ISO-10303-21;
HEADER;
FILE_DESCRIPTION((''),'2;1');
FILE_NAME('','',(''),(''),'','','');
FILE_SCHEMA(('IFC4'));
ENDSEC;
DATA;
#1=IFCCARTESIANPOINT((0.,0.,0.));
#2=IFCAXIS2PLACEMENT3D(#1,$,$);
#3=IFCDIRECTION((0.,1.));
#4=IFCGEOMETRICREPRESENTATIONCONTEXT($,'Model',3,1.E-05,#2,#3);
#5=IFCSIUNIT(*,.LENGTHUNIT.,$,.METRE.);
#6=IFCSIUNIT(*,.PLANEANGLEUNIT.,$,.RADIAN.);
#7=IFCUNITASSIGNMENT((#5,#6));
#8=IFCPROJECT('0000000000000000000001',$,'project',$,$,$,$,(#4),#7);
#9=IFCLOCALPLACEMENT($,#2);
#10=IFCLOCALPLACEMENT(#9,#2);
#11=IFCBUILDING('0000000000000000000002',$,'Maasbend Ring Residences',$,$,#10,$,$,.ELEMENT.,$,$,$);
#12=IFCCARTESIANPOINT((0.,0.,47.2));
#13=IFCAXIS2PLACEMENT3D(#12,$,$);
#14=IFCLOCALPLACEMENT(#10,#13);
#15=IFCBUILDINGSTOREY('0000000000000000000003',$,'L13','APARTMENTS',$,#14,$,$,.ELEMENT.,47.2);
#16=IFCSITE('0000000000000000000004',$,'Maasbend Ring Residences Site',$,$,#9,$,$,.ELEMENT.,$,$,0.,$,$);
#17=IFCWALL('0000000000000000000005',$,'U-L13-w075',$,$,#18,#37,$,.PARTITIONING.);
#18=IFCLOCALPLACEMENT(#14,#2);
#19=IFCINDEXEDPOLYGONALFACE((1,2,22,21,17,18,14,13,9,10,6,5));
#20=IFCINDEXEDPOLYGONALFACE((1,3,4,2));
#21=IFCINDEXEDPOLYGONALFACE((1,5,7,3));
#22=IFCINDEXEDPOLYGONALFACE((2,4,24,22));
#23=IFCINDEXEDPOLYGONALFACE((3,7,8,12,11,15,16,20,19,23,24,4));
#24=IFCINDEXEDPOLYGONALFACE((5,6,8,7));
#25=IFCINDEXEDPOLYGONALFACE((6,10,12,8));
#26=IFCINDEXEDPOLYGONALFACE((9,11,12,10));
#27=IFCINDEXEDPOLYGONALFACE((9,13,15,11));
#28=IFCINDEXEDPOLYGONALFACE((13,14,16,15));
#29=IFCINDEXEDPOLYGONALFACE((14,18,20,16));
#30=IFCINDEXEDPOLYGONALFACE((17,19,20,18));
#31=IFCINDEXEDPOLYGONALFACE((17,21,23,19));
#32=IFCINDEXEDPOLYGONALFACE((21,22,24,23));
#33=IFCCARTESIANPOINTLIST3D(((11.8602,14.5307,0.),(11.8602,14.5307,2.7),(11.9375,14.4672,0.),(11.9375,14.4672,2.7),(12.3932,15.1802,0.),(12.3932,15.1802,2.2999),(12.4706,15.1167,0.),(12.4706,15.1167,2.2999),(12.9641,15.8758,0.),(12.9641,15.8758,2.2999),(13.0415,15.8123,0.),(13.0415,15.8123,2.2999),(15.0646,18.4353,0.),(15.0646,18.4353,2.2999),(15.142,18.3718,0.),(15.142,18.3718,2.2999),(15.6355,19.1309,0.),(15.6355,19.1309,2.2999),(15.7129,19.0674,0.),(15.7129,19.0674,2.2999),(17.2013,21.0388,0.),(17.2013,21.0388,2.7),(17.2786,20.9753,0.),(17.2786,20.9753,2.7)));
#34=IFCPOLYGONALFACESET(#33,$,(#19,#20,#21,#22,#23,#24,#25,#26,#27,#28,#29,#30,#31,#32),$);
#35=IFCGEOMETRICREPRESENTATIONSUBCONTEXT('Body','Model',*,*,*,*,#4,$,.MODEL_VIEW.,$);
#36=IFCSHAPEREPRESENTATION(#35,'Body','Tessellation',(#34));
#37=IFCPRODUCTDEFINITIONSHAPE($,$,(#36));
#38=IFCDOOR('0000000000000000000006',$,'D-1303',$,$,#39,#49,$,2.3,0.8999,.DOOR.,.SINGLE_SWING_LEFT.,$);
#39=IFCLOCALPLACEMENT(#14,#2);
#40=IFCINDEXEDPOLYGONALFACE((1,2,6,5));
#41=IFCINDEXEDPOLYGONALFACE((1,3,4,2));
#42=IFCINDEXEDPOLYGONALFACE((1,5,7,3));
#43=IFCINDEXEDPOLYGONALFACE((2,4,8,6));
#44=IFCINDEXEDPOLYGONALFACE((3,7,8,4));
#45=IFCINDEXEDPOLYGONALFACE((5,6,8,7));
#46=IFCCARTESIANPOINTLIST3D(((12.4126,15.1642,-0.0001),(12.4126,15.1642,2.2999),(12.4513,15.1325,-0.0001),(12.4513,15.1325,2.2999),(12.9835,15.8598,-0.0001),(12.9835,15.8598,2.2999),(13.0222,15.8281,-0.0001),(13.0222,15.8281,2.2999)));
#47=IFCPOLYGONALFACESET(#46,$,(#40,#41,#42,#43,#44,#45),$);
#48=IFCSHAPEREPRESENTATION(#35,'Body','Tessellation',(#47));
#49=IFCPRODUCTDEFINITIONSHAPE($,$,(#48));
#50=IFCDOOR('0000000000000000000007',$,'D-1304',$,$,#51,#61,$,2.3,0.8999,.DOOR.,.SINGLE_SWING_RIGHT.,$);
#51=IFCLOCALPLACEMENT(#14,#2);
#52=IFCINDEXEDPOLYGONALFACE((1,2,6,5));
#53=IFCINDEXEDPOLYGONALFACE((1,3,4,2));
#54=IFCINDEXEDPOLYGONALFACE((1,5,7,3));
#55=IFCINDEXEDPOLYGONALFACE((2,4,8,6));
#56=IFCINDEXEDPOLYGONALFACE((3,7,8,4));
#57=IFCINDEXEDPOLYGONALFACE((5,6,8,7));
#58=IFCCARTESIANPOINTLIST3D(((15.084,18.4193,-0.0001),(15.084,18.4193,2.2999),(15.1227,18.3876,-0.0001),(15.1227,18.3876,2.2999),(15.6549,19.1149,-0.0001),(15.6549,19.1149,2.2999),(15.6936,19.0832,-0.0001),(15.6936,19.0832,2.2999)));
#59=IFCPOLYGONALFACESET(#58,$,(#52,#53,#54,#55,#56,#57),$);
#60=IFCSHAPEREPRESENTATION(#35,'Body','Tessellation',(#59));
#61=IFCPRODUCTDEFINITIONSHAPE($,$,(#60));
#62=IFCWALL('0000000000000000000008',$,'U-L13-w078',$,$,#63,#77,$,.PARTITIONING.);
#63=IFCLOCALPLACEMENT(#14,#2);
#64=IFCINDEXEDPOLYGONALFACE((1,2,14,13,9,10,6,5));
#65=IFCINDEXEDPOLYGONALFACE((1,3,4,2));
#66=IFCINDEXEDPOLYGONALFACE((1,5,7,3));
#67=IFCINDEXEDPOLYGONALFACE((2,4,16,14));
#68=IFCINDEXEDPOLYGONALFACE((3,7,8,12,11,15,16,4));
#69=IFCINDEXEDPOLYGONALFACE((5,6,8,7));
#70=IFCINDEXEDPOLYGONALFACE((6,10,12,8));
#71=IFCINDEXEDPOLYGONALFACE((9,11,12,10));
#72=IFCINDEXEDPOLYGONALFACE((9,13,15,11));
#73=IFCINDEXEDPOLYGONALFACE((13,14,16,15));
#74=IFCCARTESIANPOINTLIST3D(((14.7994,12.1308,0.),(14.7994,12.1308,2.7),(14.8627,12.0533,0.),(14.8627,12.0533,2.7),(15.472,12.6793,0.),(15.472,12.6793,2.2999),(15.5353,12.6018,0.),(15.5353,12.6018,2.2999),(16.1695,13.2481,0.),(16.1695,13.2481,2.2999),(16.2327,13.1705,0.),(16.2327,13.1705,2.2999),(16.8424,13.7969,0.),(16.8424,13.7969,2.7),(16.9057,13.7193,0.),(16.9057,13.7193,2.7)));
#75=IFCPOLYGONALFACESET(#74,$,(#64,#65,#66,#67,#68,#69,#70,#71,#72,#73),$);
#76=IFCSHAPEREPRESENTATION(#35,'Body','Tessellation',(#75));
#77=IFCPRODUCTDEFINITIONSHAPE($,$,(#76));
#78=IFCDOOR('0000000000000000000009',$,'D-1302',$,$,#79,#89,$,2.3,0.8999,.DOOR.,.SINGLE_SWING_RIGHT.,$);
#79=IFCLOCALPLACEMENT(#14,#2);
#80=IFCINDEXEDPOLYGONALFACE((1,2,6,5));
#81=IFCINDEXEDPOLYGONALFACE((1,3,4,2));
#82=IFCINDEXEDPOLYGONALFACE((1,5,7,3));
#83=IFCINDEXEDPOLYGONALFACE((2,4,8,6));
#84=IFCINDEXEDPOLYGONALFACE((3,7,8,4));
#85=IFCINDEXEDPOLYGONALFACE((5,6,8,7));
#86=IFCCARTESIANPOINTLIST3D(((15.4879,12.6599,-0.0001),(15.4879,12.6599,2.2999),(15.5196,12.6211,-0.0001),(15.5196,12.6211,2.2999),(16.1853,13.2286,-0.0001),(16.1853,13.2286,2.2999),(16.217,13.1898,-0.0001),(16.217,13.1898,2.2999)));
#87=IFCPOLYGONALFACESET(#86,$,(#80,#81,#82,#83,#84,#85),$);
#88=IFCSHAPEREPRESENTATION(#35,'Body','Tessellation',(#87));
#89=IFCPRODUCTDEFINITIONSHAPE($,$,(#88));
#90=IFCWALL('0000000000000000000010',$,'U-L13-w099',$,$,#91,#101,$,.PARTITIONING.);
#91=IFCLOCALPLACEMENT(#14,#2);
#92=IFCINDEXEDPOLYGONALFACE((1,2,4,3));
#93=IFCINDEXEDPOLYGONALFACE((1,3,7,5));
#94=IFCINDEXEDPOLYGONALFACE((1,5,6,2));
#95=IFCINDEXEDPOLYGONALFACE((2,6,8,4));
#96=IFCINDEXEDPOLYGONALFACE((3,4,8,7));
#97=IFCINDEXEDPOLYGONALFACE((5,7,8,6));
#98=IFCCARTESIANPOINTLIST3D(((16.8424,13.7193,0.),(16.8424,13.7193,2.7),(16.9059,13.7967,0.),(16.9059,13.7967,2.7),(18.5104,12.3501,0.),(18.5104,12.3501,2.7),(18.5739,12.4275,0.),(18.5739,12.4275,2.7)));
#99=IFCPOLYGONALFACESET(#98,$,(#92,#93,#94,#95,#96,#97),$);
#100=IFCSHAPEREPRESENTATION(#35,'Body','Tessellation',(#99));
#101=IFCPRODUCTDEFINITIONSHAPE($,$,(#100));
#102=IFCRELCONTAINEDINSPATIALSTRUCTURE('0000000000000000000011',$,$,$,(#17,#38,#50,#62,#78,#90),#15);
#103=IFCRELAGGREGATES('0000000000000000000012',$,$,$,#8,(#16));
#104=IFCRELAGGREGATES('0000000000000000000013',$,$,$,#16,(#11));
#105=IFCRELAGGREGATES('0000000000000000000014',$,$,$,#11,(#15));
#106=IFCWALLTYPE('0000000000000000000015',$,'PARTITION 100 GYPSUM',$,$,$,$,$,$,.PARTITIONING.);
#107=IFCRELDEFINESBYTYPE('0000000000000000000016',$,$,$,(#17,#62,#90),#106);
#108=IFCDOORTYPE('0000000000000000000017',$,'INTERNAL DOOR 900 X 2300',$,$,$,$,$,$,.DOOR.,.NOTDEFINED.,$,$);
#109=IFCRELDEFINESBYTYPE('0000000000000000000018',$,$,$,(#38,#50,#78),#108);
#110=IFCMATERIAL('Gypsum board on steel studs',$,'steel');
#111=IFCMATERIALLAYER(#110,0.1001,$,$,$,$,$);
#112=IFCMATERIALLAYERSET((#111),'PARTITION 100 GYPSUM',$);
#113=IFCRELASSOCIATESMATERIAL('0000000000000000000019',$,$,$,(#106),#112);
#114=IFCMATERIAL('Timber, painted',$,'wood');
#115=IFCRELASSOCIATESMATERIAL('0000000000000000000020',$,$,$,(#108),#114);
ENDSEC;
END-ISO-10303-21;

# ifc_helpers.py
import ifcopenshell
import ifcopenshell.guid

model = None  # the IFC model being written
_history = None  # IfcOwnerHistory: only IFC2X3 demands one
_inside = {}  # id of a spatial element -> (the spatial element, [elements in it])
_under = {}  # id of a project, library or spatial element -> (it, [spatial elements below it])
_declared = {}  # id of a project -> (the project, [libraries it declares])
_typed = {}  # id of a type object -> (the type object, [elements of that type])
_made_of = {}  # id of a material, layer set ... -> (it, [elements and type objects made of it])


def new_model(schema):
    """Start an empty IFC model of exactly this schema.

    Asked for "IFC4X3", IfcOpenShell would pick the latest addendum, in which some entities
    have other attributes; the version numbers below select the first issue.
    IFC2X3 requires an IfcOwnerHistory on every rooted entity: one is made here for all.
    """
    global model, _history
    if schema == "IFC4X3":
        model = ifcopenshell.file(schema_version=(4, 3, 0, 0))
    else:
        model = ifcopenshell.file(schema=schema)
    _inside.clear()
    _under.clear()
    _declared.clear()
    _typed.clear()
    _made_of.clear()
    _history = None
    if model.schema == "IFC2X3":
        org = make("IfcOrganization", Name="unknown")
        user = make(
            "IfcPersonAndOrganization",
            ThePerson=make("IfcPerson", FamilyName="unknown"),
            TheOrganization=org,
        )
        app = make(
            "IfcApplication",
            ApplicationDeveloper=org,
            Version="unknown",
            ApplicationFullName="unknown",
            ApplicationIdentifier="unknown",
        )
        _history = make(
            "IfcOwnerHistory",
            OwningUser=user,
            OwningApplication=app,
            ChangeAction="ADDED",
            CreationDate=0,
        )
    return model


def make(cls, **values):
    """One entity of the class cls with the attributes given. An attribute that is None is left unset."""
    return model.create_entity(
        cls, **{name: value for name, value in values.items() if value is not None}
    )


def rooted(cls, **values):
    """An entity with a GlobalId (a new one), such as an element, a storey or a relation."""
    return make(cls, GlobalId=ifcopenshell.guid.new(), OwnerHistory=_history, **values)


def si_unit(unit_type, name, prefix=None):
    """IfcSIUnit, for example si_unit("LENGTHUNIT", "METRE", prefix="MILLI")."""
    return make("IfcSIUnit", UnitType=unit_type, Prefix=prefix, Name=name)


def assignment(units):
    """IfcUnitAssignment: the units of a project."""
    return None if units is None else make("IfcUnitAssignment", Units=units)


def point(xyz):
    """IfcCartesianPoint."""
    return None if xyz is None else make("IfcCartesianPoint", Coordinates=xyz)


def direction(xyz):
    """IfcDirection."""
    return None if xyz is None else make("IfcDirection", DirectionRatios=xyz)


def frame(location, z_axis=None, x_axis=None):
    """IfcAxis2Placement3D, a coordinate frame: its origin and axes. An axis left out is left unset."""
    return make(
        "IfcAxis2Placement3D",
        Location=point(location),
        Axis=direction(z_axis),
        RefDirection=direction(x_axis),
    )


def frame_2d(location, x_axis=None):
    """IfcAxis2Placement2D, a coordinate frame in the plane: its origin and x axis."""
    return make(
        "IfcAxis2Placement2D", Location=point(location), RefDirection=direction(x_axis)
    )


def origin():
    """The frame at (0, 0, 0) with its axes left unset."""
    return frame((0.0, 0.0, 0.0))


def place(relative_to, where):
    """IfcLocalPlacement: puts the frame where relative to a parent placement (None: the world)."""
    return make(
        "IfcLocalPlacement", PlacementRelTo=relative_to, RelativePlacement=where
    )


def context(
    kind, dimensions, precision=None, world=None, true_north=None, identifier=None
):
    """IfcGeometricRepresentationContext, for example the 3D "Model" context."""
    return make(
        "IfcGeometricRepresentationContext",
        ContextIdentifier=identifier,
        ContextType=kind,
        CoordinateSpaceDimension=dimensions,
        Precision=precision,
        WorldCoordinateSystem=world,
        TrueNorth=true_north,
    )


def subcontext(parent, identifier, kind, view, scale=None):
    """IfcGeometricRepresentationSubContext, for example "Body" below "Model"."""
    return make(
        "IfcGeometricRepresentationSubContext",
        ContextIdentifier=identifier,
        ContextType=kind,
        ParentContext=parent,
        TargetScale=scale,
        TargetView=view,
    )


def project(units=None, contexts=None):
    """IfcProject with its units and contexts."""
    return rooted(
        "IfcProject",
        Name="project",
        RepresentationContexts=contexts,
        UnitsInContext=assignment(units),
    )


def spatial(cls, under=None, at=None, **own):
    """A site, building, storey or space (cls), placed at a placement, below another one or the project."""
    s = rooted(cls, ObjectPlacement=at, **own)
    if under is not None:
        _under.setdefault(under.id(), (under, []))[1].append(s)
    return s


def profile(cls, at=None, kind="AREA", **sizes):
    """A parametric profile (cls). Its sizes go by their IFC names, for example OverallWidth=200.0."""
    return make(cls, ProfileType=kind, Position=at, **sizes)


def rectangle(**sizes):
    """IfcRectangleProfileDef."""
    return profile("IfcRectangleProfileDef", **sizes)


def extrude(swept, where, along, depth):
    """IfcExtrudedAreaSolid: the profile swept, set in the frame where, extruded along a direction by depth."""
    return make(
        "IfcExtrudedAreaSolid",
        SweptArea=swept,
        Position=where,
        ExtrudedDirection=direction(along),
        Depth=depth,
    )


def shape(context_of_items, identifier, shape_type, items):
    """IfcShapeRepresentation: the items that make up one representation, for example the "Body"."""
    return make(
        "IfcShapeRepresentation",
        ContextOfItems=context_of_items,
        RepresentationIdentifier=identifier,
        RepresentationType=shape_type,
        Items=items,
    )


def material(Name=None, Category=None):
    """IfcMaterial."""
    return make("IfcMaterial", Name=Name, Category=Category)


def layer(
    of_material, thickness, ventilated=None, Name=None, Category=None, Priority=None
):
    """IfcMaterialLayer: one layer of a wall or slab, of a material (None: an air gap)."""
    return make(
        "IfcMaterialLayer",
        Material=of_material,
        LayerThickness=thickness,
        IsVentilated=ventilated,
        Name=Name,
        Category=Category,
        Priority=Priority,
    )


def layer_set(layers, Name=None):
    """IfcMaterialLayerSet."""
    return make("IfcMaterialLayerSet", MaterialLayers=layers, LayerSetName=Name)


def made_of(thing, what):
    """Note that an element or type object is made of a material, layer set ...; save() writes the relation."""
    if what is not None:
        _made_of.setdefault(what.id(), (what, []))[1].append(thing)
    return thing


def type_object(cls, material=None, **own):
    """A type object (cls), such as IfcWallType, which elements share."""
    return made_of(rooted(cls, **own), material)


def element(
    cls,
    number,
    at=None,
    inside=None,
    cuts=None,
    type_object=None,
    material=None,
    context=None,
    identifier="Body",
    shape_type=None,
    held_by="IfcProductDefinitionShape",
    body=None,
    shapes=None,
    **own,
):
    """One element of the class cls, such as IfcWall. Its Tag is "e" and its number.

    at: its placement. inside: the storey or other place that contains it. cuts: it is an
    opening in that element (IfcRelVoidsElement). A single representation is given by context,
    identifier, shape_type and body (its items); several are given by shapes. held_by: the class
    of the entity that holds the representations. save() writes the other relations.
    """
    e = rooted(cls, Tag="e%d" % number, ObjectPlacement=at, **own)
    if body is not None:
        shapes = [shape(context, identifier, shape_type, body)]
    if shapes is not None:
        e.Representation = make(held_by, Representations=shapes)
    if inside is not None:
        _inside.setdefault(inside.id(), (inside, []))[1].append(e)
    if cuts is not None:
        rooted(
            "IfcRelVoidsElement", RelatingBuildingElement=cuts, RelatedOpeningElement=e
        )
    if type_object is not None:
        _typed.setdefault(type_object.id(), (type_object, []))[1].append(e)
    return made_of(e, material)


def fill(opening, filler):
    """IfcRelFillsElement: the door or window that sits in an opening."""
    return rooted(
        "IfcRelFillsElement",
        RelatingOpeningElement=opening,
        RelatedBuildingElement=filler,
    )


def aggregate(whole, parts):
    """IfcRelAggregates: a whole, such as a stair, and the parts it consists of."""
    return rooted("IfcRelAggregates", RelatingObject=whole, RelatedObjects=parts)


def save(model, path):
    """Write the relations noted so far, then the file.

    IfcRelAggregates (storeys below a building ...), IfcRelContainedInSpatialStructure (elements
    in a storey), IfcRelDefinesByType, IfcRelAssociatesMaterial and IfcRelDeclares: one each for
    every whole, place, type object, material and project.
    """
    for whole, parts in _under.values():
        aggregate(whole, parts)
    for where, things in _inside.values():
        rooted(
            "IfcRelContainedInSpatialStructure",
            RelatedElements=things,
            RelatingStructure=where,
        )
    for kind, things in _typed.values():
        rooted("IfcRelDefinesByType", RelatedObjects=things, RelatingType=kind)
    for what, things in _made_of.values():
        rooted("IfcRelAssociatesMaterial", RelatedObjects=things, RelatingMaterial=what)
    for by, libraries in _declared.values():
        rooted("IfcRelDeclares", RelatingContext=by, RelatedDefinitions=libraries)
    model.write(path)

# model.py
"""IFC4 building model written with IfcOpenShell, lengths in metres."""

from ifc_helpers import new_model, si_unit, direction, frame, frame_2d, origin, place, context, subcontext, project, spatial, rectangle, extrude, material, layer, layer_set, type_object, element, fill, save


model = new_model("IFC4")

# Units and contexts
model_context = context("Model", 3, precision=1e-05, world=origin(), true_north=direction((0.0, 1.0)))
body_context = subcontext(model_context, "Body", "Model", "MODEL_VIEW")
ifc_project = project(units=[si_unit("LENGTHUNIT", "METRE"), si_unit("PLANEANGLEUNIT", "RADIAN")], contexts=[model_context])

# Site, building, storey
site_placement = place(None, origin())
site = spatial("IfcSite", under=ifc_project, at=site_placement, Name="Maasbend Ring Residences Site", CompositionType="ELEMENT", RefElevation=0.0)
building_placement = place(site_placement, origin())
building = spatial("IfcBuilding", under=site, at=building_placement, Name="Maasbend Ring Residences", CompositionType="ELEMENT")
storey_placement = place(building_placement, frame((0.0, 0.0, 47.2)))
storey = spatial("IfcBuildingStorey", under=building, at=storey_placement, Name="L13", Description="APARTMENTS", CompositionType="ELEMENT", Elevation=47.2)

# Shared definitions
ifc_material_1 = material(Name="Gypsum board on steel studs", Category="steel")
ifc_layer_1 = layer(ifc_material_1, 0.1001)
ifc_layer_set_1 = layer_set([ifc_layer_1], Name="PARTITION 100 GYPSUM")
wall_type_1 = type_object("IfcWallType", Name="PARTITION 100 GYPSUM", PredefinedType="PARTITIONING", material=ifc_layer_set_1)
ifc_material_2 = material(Name="Timber, painted", Category="wood")
door_type_1 = type_object("IfcDoorType", Name="INTERNAL DOOR 900 X 2300", OperationType="NOTDEFINED", PredefinedType="DOOR", material=ifc_material_2)

# Wall, openings, doors
wall_1_placement = place(storey_placement, frame((11.8989, 14.499, 0.0), z_axis=(0.0, 0.0, 1.0), x_axis=(0.634396, 0.773008, 0.0)))
wall_1 = element("IfcWall", 1, at=wall_1_placement, inside=storey, type_object=wall_type_1, Name="U-L13-w075", PredefinedType="PARTITIONING", context=body_context, shape_type="SweptSolid", body=[
    extrude(rectangle(XDim=8.4192, YDim=0.1001, at=frame_2d((4.2095, 0.0))), origin(), (0.0, 0.0, 1.0), 2.7),
])
opening_1_placement = place(wall_1_placement, frame((0.8401, 0.0, 0.0)))
opening_1 = element("IfcOpeningElement", 2, at=opening_1_placement, cuts=wall_1, PredefinedType="OPENING", context=body_context, shape_type="SweptSolid", body=[
    extrude(rectangle(XDim=0.8999, YDim=2.3, at=frame_2d((0.45, 1.1499))), frame((0.0, 0.0601, 0.0), z_axis=(0.0, -1.0, 0.0), x_axis=(1.0, 0.0, 0.0)), (0.0, 0.0, 1.0), 0.1201),
])
opening_2_placement = place(wall_1_placement, frame((5.051, 0.0, 0.0)))
opening_2 = element("IfcOpeningElement", 3, at=opening_2_placement, cuts=wall_1, PredefinedType="OPENING", context=body_context, shape_type="SweptSolid", body=[
    extrude(rectangle(XDim=0.8999, YDim=2.3, at=frame_2d((0.45, 1.1499))), frame((0.0, 0.0601, 0.0), z_axis=(0.0, -1.0, 0.0), x_axis=(1.0, 0.0, 0.0)), (0.0, 0.0, 1.0), 0.1201),
])
door_1_placement = place(opening_1_placement, origin())
door_1 = element("IfcDoor", 4, at=door_1_placement, inside=storey, type_object=door_type_1, Name="D-1303", OperationType="SINGLE_SWING_LEFT", OverallHeight=2.3, OverallWidth=0.8999, PredefinedType="DOOR", context=body_context, shape_type="SweptSolid", body=[
    extrude(rectangle(XDim=0.8999, YDim=2.3, at=frame_2d((0.45, 1.1499))), frame((0.0, 0.0249, 0.0), z_axis=(0.0, -1.0, 0.0), x_axis=(1.0, 0.0, 0.0)), (0.0, 0.0, 1.0), 0.05),
])
fill(opening_1, door_1)
door_2_placement = place(opening_2_placement, origin())
door_2 = element("IfcDoor", 5, at=door_2_placement, inside=storey, type_object=door_type_1, Name="D-1304", OperationType="SINGLE_SWING_RIGHT", OverallHeight=2.3, OverallWidth=0.8999, PredefinedType="DOOR", context=body_context, shape_type="SweptSolid", body=[
    extrude(rectangle(XDim=0.8999, YDim=2.3, at=frame_2d((0.45, 1.1499))), frame((0.0, 0.0249, 0.0), z_axis=(0.0, -1.0, 0.0), x_axis=(1.0, 0.0, 0.0)), (0.0, 0.0, 1.0), 0.05),
])
fill(opening_2, door_2)

# Wall, opening, door
wall_2_placement = place(storey_placement, frame((14.8311, 12.092, 0.0), z_axis=(0.0, 0.0, 1.0), x_axis=(0.77498, 0.631986, 0.0)))
wall_2 = element("IfcWall", 6, at=wall_2_placement, inside=storey, type_object=wall_type_1, Name="U-L13-w078", PredefinedType="PARTITIONING", context=body_context, shape_type="SweptSolid", body=[
    extrude(rectangle(XDim=2.6362, YDim=0.1001, at=frame_2d((1.3181, 0.0))), origin(), (0.0, 0.0, 1.0), 2.7),
])
opening_3_placement = place(wall_2_placement, frame((0.8679, 0.0, 0.0)))
opening_3 = element("IfcOpeningElement", 7, at=opening_3_placement, cuts=wall_2, PredefinedType="OPENING", context=body_context, shape_type="SweptSolid", body=[
    extrude(rectangle(XDim=0.8999, YDim=2.3, at=frame_2d((0.45, 1.1499))), frame((0.0, 0.0601, 0.0), z_axis=(0.0, -1.0, 0.0), x_axis=(1.0, 0.0, 0.0)), (0.0, 0.0, 1.0), 0.1201),
])
door_3_placement = place(opening_3_placement, origin())
door_3 = element("IfcDoor", 8, at=door_3_placement, inside=storey, type_object=door_type_1, Name="D-1302", OperationType="SINGLE_SWING_RIGHT", OverallHeight=2.3, OverallWidth=0.8999, PredefinedType="DOOR", context=body_context, shape_type="SweptSolid", body=[
    extrude(rectangle(XDim=0.8999, YDim=2.3, at=frame_2d((0.45, 1.1499))), frame((0.0, 0.0249, 0.0), z_axis=(0.0, -1.0, 0.0), x_axis=(1.0, 0.0, 0.0)), (0.0, 0.0, 1.0), 0.05),
])
fill(opening_3, door_3)

# Wall
wall_3_placement = place(storey_placement, frame((16.874, 13.7581, 0.0), z_axis=(0.0, 0.0, 1.0), x_axis=(0.772948, -0.634469, 0.0)))
element("IfcWall", 9, at=wall_3_placement, inside=storey, type_object=wall_type_1, Name="U-L13-w099", PredefinedType="PARTITIONING", context=body_context, shape_type="SweptSolid", body=[
    extrude(rectangle(XDim=2.158, YDim=0.1001, at=frame_2d((1.0791, 0.0))), origin(), (0.0, 0.0, 1.0), 2.7),
])

save(model, "model.ifc")
